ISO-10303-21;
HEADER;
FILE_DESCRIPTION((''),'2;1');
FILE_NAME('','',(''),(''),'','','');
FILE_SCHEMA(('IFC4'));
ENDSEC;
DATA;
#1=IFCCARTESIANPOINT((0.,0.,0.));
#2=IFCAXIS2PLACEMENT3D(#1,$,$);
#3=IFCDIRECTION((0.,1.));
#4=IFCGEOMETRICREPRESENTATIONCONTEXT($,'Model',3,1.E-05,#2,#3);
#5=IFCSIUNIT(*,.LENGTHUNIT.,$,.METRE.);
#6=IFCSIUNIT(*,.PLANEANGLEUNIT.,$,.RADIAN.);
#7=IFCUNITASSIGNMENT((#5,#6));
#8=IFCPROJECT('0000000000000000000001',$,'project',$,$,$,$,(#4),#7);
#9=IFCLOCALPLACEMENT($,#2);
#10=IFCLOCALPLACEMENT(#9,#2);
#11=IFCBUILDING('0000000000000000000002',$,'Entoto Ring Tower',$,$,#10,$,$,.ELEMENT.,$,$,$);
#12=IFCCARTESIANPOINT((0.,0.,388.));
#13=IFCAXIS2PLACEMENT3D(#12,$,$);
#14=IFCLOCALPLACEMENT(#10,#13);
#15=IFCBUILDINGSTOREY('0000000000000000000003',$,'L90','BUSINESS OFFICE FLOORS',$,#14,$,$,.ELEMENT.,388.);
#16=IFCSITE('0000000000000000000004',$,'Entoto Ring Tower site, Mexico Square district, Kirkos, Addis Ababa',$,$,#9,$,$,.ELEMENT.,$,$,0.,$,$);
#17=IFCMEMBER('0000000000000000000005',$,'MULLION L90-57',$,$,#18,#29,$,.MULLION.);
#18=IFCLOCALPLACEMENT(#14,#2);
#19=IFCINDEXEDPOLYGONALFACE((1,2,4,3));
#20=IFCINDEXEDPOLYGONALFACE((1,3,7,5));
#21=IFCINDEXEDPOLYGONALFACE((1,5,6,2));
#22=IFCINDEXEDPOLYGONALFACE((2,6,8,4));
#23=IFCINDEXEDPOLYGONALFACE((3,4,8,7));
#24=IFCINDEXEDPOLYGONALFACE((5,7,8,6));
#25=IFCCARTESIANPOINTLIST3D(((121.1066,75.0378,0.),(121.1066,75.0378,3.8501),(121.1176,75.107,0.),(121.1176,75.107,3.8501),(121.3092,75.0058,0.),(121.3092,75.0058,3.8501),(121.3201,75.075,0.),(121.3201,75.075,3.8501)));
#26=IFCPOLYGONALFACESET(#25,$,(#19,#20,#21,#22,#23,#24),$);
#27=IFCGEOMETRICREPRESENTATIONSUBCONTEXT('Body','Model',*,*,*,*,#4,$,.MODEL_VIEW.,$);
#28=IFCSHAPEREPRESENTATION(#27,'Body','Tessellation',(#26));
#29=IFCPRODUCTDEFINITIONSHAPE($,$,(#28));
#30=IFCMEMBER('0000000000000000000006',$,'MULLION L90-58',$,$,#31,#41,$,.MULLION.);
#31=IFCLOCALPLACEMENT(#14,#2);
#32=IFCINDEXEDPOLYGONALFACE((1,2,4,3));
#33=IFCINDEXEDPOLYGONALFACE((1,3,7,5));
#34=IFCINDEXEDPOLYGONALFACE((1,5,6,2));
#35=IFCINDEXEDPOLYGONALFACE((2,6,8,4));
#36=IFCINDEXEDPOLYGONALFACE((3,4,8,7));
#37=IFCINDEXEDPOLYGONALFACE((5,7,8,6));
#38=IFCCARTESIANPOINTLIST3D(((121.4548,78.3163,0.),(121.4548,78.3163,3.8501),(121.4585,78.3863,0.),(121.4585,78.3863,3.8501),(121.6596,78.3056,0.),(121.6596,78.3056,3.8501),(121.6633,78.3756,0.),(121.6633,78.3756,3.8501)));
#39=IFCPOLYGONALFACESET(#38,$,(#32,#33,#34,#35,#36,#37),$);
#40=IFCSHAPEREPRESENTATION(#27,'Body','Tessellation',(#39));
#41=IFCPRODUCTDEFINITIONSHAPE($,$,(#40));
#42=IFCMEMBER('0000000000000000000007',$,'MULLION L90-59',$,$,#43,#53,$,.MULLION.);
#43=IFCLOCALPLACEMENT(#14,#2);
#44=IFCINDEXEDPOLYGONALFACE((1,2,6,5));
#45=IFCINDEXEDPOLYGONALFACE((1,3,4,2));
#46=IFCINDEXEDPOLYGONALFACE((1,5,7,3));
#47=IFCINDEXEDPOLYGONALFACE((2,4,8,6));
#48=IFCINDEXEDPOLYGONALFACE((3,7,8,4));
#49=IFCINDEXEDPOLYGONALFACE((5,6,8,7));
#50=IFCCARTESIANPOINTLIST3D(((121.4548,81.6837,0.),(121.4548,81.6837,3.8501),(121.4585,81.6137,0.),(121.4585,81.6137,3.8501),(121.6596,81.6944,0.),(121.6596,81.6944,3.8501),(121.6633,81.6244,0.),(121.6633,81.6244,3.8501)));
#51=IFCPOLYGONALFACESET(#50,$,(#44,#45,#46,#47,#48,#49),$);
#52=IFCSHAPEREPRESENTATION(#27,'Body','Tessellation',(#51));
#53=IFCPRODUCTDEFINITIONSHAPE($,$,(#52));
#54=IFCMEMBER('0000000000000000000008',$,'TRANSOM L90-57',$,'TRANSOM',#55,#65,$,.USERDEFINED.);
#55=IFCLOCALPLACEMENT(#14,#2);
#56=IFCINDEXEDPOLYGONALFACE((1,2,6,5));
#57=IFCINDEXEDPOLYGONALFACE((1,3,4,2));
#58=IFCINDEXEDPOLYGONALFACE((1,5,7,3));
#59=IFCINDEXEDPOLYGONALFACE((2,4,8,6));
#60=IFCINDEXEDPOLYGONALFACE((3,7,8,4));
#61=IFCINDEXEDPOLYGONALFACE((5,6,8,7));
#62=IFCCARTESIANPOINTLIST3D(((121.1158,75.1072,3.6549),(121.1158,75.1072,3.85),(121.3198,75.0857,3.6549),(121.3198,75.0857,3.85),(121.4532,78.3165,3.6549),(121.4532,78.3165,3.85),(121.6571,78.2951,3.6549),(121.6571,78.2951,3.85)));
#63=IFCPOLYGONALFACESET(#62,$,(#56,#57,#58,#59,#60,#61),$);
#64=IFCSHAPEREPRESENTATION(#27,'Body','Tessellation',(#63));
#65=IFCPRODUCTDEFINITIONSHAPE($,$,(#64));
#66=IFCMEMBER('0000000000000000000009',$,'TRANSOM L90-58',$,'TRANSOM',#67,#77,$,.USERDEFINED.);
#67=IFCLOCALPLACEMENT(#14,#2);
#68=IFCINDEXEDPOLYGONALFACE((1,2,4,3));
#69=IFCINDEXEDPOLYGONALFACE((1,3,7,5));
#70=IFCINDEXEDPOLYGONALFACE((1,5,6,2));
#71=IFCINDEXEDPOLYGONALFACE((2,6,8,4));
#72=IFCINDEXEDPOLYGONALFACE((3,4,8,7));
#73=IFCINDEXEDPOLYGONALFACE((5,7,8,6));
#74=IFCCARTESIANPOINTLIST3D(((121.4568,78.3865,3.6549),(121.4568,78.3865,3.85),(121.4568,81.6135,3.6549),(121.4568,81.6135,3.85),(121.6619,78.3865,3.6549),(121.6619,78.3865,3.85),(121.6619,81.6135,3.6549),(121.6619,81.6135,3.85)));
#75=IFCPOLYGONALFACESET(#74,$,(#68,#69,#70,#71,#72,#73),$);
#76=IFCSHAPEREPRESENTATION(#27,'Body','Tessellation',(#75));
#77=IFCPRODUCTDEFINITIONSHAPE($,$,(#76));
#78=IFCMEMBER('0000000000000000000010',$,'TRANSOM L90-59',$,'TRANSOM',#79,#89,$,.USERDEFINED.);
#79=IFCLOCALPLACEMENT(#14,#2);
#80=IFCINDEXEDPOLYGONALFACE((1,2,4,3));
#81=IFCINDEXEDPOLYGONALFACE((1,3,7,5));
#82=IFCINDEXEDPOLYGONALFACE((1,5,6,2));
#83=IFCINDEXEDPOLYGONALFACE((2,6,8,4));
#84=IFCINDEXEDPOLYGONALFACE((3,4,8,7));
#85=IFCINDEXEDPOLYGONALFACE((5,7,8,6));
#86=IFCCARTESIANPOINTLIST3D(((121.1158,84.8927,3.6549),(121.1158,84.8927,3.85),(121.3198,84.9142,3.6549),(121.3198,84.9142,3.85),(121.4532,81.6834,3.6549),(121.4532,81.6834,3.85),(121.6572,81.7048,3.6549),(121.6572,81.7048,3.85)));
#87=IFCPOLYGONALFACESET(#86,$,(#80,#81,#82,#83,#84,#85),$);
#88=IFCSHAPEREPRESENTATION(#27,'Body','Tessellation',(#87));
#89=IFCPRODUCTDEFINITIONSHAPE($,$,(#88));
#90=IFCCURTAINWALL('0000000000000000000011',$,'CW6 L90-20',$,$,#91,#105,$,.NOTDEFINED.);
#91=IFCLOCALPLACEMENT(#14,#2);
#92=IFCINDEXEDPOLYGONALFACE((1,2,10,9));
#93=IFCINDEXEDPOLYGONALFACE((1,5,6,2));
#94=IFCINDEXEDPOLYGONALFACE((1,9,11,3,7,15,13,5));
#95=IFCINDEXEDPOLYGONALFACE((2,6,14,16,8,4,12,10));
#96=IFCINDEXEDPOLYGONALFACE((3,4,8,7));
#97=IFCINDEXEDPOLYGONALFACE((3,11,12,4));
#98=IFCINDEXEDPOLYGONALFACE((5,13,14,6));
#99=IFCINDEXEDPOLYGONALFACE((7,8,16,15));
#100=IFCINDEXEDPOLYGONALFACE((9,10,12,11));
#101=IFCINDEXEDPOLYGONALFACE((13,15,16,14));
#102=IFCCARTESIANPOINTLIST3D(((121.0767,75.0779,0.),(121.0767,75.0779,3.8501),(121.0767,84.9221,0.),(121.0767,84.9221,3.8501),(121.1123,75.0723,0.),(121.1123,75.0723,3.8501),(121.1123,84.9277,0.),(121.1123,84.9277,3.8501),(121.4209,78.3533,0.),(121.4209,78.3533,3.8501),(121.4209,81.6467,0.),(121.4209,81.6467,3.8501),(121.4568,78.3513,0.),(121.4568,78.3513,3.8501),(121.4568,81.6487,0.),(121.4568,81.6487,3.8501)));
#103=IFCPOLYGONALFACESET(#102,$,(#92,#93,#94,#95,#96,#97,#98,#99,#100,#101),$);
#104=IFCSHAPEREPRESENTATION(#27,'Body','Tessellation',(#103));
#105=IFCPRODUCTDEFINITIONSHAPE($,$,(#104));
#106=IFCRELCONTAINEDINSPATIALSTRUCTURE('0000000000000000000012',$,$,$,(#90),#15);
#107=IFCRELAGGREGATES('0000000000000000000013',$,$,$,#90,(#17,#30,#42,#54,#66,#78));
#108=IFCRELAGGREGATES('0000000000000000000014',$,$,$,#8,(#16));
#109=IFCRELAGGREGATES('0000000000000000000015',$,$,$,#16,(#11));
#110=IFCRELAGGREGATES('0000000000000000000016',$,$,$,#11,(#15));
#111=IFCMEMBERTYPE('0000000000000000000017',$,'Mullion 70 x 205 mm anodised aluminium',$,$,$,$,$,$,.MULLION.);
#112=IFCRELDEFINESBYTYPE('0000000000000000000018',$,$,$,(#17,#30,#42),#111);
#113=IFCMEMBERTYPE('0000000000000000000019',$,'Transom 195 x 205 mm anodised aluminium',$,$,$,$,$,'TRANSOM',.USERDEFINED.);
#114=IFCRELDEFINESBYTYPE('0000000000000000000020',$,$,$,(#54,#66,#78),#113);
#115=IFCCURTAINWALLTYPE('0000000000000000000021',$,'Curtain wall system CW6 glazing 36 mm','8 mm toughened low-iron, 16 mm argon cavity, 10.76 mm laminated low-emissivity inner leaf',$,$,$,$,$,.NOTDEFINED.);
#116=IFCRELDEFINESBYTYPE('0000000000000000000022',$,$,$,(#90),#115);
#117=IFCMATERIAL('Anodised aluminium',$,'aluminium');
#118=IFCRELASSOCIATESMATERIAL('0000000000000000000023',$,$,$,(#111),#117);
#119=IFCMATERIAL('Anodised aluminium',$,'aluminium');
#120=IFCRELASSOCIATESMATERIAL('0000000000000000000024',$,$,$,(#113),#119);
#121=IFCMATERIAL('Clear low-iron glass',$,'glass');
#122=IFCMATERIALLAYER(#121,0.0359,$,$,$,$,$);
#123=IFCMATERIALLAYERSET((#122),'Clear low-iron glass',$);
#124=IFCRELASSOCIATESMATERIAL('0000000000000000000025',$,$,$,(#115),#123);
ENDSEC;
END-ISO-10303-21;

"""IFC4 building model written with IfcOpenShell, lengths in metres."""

from ifc_helpers import new_model, si_unit, direction, frame, origin, origin_2d, place, context, subcontext, project, spatial, polyline, rectangle, outline, extrude, material, layer, layer_set, material_profile, profile_set, type_object, element, aggregate, save


model = new_model("IFC4")

# Units and contexts
model_context = context("Model", 3, precision=1e-05, world=origin(), true_north=direction((0.0, 1.0)))
body_context = subcontext(model_context, "Body", "Model", "MODEL_VIEW")
ifc_project = project(units=[si_unit("LENGTHUNIT", "METRE"), si_unit("PLANEANGLEUNIT", "RADIAN")], contexts=[model_context])

# Members
ifc_material_1 = material(Name="Anodised aluminium", Category="aluminium")
ifc_material_profile_1 = material_profile(ifc_material_1, rectangle(XDim=0.0701, YDim=0.2051, at=origin_2d()), Name="Mullion 70 x 205 mm anodised aluminium")
ifc_profile_set_1 = profile_set([ifc_material_profile_1], Name="Anodised aluminium")
member_type_1 = type_object("IfcMemberType", Name="Mullion 70 x 205 mm anodised aluminium", PredefinedType="MULLION", material=ifc_profile_set_1)
site_placement = place(None, origin())
building_placement = place(site_placement, origin())
storey_placement = place(building_placement, frame((0.0, 0.0, 388.0)))
member_1_placement = place(storey_placement, frame((121.2134, 75.0564, 0.0), z_axis=(0.0, 0.0, 1.0), x_axis=(0.156434, 0.987688, 0.0)))
member_1 = element("IfcMember", 1, at=member_1_placement, type_object=member_type_1, Name="MULLION L90-57", PredefinedType="MULLION", context=body_context, shape_type="SweptSolid", body=[
    extrude(rectangle(XDim=0.0701, YDim=0.2051, at=origin_2d()), origin(), (0.0, 0.0, 1.0), 3.8501),
])
member_2_placement = place(storey_placement, frame((121.5591, 78.3459, 0.0), z_axis=(0.0, 0.0, 1.0), x_axis=(0.052336, 0.99863, 0.0)))
member_2 = element("IfcMember", 2, at=member_2_placement, type_object=member_type_1, Name="MULLION L90-58", PredefinedType="MULLION", context=body_context, shape_type="SweptSolid", body=[
    extrude(rectangle(XDim=0.0701, YDim=0.2051, at=origin_2d()), origin(), (0.0, 0.0, 1.0), 3.8501),
])
member_3_placement = place(storey_placement, frame((121.5591, 81.6541, 0.0), z_axis=(0.0, 0.0, 1.0), x_axis=(-0.052336, 0.99863, 0.0)))
member_3 = element("IfcMember", 3, at=member_3_placement, type_object=member_type_1, Name="MULLION L90-59", PredefinedType="MULLION", context=body_context, shape_type="SweptSolid", body=[
    extrude(rectangle(XDim=0.0701, YDim=0.2051, at=origin_2d()), origin(), (0.0, 0.0, 1.0), 3.8501),
])
ifc_material_2 = material(Name="Anodised aluminium", Category="aluminium")
ifc_material_profile_2 = material_profile(ifc_material_2, rectangle(XDim=0.2051, YDim=0.1951, at=origin_2d()), Name="Transom 195 x 205 mm anodised aluminium")
ifc_profile_set_2 = profile_set([ifc_material_profile_2], Name="Anodised aluminium")
member_type_2 = type_object("IfcMemberType", Name="Transom 195 x 205 mm anodised aluminium", ElementType="TRANSOM", PredefinedType="USERDEFINED", material=ifc_profile_set_2)
member_4_placement = place(storey_placement, frame((121.2178, 75.0964, 3.7524), z_axis=(0.104551, 0.99452, 0.0), x_axis=(-0.99452, 0.104551, 0.0)))
member_4 = element("IfcMember", 4, at=member_4_placement, type_object=member_type_2, Name="TRANSOM L90-57", ObjectType="TRANSOM", PredefinedType="USERDEFINED", context=body_context, shape_type="SweptSolid", body=[
    extrude(rectangle(XDim=0.2051, YDim=0.1951, at=origin_2d()), origin(), (0.0, 0.0, 1.0), 3.2271),
])
member_5_placement = place(storey_placement, frame((121.5593, 78.3865, 3.7524), z_axis=(0.0, 1.0, 0.0), x_axis=(-1.0, 0.0, 0.0)))
member_5 = element("IfcMember", 5, at=member_5_placement, type_object=member_type_2, Name="TRANSOM L90-58", ObjectType="TRANSOM", PredefinedType="USERDEFINED", context=body_context, shape_type="SweptSolid", body=[
    extrude(rectangle(XDim=0.2051, YDim=0.1951, at=origin_2d()), origin(), (0.0, 0.0, 1.0), 3.2271),
])
member_6_placement = place(storey_placement, frame((121.5552, 81.6941, 3.7524), z_axis=(-0.104551, 0.99452, 0.0), x_axis=(-0.99452, -0.104551, 0.0)))
member_6 = element("IfcMember", 6, at=member_6_placement, type_object=member_type_2, Name="TRANSOM L90-59", ObjectType="TRANSOM", PredefinedType="USERDEFINED", context=body_context, shape_type="SweptSolid", body=[
    extrude(rectangle(XDim=0.2051, YDim=0.1951, at=origin_2d()), origin(), (0.0, 0.0, 1.0), 3.2271),
])

# Site, building, storey
site = spatial("IfcSite", under=ifc_project, at=site_placement, Name="Entoto Ring Tower site, Mexico Square district, Kirkos, Addis Ababa", CompositionType="ELEMENT", RefElevation=0.0)
building = spatial("IfcBuilding", under=site, at=building_placement, Name="Entoto Ring Tower", CompositionType="ELEMENT")
storey = spatial("IfcBuildingStorey", under=building, at=storey_placement, Name="L90", Description="BUSINESS OFFICE FLOORS", CompositionType="ELEMENT", Elevation=388.0)

# Curtain wall
ifc_material_3 = material(Name="Clear low-iron glass", Category="glass")
ifc_layer = layer(ifc_material_3, 0.0359)
ifc_layer_set = layer_set([ifc_layer], Name="Clear low-iron glass")
curtain_wall_type = type_object("IfcCurtainWallType", Name="Curtain wall system CW6 glazing 36 mm", Description="8 mm toughened low-iron, 16 mm argon cavity, 10.76 mm laminated low-emissivity inner leaf", PredefinedType="NOTDEFINED", material=ifc_layer_set)
curtain_wall_1_placement = place(storey_placement, origin())
curtain_wall_1 = element("IfcCurtainWall", 7, at=curtain_wall_1_placement, inside=storey, type_object=curtain_wall_type, Name="CW6 L90-20", PredefinedType="NOTDEFINED", context=body_context, shape_type="SweptSolid", body=[
    extrude(outline(polyline([(121.1123, 75.0723), (121.4568, 78.3513), (121.4568, 81.6487), (121.1123, 84.9277), (121.0767, 84.9221), (121.4209, 81.6467), (121.4209, 78.3533), (121.0767, 75.0779), (121.1123, 75.0723)])), origin(), (0.0, 0.0, 1.0), 3.8501),
])
aggregate(curtain_wall_1, [member_1, member_2, member_3, member_4, member_5, member_6])

save(model, "model.ifc")
